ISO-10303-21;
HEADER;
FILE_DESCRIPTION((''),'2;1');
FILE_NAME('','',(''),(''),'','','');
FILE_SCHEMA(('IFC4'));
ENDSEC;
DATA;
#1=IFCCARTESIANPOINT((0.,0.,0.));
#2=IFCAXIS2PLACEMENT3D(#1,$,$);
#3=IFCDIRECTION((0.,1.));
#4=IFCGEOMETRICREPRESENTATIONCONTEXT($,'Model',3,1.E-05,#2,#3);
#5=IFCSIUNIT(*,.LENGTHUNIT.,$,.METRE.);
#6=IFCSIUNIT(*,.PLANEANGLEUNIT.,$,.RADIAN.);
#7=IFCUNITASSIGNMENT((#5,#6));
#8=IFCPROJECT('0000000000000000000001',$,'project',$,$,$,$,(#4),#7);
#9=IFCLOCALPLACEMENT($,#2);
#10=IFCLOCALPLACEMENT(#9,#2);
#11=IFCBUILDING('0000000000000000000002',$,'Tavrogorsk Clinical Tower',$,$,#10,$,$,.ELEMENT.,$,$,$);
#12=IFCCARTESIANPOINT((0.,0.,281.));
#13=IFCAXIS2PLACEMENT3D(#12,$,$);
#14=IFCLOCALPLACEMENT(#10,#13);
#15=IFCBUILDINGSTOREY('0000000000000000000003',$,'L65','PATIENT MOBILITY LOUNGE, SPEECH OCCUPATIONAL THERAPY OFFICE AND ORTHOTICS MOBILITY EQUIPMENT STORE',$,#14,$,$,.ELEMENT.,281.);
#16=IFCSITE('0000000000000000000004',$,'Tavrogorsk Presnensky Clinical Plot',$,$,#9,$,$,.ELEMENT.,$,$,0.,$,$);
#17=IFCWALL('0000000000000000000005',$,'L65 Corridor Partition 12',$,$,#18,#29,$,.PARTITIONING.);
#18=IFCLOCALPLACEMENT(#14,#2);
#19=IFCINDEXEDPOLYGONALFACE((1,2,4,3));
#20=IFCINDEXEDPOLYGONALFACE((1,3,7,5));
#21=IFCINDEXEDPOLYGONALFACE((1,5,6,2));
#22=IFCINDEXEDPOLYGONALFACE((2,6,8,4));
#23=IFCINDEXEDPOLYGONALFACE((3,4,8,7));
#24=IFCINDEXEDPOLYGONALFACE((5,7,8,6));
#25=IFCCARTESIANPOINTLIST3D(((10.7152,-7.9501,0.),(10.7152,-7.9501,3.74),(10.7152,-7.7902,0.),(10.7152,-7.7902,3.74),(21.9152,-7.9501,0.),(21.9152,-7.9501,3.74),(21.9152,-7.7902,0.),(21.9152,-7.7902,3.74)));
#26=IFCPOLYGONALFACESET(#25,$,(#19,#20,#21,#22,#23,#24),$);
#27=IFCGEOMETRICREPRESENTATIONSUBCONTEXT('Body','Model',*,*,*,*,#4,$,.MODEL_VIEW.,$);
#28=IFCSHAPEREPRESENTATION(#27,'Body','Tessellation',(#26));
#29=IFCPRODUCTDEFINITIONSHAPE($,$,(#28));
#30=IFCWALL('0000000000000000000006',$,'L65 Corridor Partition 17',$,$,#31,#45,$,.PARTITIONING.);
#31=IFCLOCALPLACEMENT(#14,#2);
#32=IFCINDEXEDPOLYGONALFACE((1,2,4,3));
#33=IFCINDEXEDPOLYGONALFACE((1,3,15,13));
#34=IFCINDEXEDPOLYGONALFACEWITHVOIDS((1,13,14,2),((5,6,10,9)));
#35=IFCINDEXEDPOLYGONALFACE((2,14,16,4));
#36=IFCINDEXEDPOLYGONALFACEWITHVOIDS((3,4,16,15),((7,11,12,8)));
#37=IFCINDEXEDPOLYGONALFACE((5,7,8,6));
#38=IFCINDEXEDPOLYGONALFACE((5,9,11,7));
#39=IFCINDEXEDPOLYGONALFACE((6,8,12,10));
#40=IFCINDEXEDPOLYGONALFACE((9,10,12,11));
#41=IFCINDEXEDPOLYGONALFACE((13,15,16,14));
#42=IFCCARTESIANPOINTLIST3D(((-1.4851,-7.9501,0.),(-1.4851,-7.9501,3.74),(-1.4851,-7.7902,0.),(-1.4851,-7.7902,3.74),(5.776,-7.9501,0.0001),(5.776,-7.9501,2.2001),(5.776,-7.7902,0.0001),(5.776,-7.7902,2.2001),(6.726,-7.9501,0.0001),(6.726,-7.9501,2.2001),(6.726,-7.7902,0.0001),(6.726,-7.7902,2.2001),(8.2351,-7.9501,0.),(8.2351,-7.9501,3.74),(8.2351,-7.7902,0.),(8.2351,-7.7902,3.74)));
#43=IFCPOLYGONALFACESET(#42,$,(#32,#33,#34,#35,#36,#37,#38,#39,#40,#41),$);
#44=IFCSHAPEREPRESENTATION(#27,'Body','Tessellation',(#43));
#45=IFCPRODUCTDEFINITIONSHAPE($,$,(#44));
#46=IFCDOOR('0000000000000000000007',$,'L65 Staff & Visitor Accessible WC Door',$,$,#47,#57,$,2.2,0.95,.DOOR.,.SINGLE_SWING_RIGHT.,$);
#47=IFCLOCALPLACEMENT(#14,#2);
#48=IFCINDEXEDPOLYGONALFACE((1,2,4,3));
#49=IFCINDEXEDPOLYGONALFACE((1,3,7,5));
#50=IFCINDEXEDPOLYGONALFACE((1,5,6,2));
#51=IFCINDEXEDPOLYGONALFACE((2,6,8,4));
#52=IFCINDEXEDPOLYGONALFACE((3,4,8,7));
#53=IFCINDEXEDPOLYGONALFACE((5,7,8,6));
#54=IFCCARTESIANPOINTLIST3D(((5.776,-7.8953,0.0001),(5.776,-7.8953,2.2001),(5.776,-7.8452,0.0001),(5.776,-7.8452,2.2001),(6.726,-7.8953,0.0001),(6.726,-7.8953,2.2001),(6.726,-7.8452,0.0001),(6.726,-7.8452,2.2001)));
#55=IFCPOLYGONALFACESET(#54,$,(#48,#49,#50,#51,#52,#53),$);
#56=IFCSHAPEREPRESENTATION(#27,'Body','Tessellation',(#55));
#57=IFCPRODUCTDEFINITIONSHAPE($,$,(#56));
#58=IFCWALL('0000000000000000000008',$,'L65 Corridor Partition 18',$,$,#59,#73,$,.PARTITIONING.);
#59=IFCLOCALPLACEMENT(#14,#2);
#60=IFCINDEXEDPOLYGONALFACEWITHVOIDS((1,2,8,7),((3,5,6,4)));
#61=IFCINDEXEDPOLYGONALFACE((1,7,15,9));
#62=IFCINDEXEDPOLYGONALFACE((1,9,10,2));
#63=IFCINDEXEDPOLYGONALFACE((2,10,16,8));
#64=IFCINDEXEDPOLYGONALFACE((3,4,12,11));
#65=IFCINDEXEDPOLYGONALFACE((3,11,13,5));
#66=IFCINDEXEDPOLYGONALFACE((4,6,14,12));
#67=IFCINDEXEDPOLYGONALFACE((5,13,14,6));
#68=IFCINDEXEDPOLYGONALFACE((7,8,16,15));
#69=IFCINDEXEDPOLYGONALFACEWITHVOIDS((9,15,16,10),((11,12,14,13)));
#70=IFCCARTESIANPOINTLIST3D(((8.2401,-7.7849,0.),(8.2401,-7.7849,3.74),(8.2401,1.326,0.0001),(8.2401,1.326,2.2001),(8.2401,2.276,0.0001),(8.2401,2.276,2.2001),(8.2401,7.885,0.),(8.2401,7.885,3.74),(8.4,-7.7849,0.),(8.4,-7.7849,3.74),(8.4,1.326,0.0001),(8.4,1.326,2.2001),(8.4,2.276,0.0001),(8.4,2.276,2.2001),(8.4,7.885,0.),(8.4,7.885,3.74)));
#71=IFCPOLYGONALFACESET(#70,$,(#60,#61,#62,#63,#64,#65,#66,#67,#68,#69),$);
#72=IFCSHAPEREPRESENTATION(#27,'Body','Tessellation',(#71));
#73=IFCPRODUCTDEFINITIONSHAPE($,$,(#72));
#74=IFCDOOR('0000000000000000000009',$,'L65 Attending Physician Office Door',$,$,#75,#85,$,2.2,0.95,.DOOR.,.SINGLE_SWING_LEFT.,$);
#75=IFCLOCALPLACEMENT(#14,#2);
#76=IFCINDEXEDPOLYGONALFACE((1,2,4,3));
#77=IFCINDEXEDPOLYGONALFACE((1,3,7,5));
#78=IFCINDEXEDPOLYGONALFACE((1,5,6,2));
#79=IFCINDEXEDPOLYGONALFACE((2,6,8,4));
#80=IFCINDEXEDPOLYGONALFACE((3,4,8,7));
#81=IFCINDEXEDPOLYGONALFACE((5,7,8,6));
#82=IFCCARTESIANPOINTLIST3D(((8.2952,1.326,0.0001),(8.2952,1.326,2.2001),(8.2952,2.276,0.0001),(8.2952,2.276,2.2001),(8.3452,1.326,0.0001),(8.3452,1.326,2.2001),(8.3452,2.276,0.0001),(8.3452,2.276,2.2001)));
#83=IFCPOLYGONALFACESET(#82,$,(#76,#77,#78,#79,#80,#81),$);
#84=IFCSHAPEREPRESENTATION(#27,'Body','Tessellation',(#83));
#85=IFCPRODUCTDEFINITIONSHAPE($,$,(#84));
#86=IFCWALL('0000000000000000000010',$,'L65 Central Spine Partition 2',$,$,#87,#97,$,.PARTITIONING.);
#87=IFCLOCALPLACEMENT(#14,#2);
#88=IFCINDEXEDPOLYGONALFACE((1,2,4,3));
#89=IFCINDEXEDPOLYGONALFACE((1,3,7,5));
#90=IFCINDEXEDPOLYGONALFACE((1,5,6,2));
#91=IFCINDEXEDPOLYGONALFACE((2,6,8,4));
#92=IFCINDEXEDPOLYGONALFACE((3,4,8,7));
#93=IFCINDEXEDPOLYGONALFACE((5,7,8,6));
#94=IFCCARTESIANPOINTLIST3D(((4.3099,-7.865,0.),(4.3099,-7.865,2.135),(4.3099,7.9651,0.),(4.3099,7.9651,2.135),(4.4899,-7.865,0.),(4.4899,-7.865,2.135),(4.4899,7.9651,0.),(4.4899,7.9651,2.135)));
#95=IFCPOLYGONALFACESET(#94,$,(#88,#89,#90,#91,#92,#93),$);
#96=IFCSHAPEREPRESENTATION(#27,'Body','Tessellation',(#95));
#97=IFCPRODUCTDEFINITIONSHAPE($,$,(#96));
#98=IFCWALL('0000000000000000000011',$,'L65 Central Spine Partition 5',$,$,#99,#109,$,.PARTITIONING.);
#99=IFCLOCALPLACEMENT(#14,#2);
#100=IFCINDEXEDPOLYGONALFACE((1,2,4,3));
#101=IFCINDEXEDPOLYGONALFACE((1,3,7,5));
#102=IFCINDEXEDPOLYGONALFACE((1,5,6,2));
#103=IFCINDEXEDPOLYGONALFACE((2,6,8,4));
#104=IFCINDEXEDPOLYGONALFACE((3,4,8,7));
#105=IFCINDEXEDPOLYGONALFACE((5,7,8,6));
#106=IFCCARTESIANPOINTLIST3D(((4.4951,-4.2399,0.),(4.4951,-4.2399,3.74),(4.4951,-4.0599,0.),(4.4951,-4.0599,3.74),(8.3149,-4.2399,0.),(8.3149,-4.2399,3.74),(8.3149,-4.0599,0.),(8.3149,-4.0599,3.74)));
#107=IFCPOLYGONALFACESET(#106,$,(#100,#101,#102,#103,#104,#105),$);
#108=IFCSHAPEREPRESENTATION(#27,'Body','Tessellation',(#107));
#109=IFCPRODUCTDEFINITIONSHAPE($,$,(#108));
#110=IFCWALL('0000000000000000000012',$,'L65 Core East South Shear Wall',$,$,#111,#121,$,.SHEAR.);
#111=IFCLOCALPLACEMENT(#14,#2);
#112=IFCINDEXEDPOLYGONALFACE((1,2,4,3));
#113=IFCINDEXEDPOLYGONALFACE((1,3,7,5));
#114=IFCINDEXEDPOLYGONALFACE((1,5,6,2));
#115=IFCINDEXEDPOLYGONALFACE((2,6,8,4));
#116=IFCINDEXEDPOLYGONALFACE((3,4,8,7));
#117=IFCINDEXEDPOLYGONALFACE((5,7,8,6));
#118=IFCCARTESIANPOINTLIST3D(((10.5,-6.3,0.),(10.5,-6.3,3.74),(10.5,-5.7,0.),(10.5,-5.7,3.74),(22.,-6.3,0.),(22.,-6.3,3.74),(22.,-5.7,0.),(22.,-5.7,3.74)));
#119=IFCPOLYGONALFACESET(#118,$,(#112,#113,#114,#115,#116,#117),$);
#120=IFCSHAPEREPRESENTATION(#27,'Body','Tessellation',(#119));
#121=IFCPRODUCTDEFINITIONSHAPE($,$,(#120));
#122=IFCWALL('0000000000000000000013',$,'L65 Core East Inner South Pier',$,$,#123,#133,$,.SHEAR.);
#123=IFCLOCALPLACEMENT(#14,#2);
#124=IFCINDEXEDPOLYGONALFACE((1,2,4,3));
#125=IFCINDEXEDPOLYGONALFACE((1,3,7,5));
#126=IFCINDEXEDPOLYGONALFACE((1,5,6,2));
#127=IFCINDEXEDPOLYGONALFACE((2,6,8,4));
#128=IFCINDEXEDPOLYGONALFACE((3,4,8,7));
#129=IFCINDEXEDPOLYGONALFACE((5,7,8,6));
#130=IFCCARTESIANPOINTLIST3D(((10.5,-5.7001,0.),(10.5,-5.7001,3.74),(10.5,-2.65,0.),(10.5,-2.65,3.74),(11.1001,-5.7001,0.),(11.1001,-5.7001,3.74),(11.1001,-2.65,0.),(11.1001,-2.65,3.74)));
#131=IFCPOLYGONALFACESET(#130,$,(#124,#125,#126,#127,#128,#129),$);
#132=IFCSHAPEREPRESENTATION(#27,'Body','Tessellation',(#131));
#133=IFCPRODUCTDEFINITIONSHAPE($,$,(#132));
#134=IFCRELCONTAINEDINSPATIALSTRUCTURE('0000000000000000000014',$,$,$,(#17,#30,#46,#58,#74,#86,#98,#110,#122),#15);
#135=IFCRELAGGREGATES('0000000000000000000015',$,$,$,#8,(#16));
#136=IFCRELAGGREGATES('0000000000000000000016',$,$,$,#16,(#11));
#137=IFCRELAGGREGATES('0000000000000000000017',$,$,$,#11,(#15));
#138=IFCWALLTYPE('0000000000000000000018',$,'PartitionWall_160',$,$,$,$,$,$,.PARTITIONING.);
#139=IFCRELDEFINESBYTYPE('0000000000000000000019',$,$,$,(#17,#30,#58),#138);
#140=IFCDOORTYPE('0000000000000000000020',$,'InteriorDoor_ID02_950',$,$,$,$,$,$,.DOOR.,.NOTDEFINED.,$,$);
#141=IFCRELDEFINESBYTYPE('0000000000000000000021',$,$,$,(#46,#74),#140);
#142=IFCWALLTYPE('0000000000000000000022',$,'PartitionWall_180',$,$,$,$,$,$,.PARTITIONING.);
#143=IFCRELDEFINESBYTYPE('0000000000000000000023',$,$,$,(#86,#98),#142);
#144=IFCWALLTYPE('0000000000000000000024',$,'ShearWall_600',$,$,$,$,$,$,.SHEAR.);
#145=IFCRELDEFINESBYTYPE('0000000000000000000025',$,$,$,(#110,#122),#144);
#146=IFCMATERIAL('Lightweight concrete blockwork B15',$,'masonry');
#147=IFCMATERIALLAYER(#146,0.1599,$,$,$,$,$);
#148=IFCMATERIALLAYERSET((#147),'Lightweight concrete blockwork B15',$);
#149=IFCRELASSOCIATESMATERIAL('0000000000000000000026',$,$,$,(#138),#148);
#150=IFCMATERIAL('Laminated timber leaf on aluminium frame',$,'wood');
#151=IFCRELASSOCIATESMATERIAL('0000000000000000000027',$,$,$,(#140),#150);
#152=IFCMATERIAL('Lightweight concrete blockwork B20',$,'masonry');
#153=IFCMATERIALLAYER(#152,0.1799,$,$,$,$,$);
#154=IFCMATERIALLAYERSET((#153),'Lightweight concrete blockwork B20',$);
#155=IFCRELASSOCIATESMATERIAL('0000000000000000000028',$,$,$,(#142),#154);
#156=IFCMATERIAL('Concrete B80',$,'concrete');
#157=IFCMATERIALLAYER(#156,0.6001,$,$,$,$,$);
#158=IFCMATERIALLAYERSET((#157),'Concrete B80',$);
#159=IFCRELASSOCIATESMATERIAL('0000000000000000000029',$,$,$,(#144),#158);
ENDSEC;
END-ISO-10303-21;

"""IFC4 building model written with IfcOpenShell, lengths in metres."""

from ifc_helpers import new_model, si_unit, direction, frame, frame_2d, origin, place, context, subcontext, project, spatial, rectangle, extrude, material, layer, layer_set, type_object, element, fill, save


model = new_model("IFC4")

# Units and contexts
model_context = context("Model", 3, precision=1e-05, world=origin(), true_north=direction((0.0, 1.0)))
body_context = subcontext(model_context, "Body", "Model", "MODEL_VIEW")
ifc_project = project(units=[si_unit("LENGTHUNIT", "METRE"), si_unit("PLANEANGLEUNIT", "RADIAN")], contexts=[model_context])

# Site, building, storey
site_placement = place(None, origin())
site = spatial("IfcSite", under=ifc_project, at=site_placement, Name="Tavrogorsk Presnensky Clinical Plot", CompositionType="ELEMENT", RefElevation=0.0)
building_placement = place(site_placement, origin())
building = spatial("IfcBuilding", under=site, at=building_placement, Name="Tavrogorsk Clinical Tower", CompositionType="ELEMENT")
storey_placement = place(building_placement, frame((0.0, 0.0, 281.0)))
storey = spatial("IfcBuildingStorey", under=building, at=storey_placement, Name="L65", Description="PATIENT MOBILITY LOUNGE, SPEECH OCCUPATIONAL THERAPY OFFICE AND ORTHOTICS MOBILITY EQUIPMENT STORE", CompositionType="ELEMENT", Elevation=281.0)

# Shared definitions
ifc_material_1 = material(Name="Lightweight concrete blockwork B15", Category="masonry")
ifc_layer_1 = layer(ifc_material_1, 0.1599)
ifc_layer_set_1 = layer_set([ifc_layer_1], Name="Lightweight concrete blockwork B15")
wall_type_1 = type_object("IfcWallType", Name="PartitionWall_160", PredefinedType="PARTITIONING", material=ifc_layer_set_1)

# Shared definitions
ifc_material_2 = material(Name="Laminated timber leaf on aluminium frame", Category="wood")
door_type_1 = type_object("IfcDoorType", Name="InteriorDoor_ID02_950", OperationType="NOTDEFINED", PredefinedType="DOOR", material=ifc_material_2)

# Wall
wall_1_placement = place(storey_placement, frame((10.7151, -7.8701, 0.0), z_axis=(0.0, 0.0, 1.0), x_axis=(1.0, 0.0, 0.0)))
element("IfcWall", 1, at=wall_1_placement, inside=storey, type_object=wall_type_1, Name="L65 Corridor Partition 12", PredefinedType="PARTITIONING", context=body_context, shape_type="SweptSolid", body=[
    extrude(rectangle(XDim=11.2, YDim=0.1599, at=frame_2d((5.6001, 0.0))), origin(), (0.0, 0.0, 1.0), 3.74),
])

# Walls, openings, doors
wall_2_placement = place(storey_placement, frame((-1.4851, -7.8701, 0.0), z_axis=(0.0, 0.0, 1.0), x_axis=(1.0, 0.0, 0.0)))
wall_2 = element("IfcWall", 2, at=wall_2_placement, inside=storey, type_object=wall_type_1, Name="L65 Corridor Partition 17", PredefinedType="PARTITIONING", context=body_context, shape_type="SweptSolid", body=[
    extrude(rectangle(XDim=9.7202, YDim=0.1599, at=frame_2d((4.8601, 0.0))), origin(), (0.0, 0.0, 1.0), 3.74),
])
opening_1_placement = place(wall_2_placement, frame((7.261, 0.0, 0.0)))
opening_1 = element("IfcOpeningElement", 3, at=opening_1_placement, cuts=wall_2, PredefinedType="OPENING", context=body_context, shape_type="SweptSolid", body=[
    extrude(rectangle(XDim=0.95, YDim=2.2, at=frame_2d((0.4751, 1.1001))), frame((0.0, 0.0898, 0.0), z_axis=(0.0, -1.0, 0.0), x_axis=(1.0, 0.0, 0.0)), (0.0, 0.0, 1.0), 0.1799),
])
door_1_placement = place(opening_1_placement, origin())
door_1 = element("IfcDoor", 4, at=door_1_placement, inside=storey, type_object=door_type_1, Name="L65 Staff & Visitor Accessible WC Door", OperationType="SINGLE_SWING_RIGHT", OverallHeight=2.2, OverallWidth=0.95, PredefinedType="DOOR", context=body_context, shape_type="SweptSolid", body=[
    extrude(rectangle(XDim=0.95, YDim=2.2, at=frame_2d((0.4751, 1.1001))), frame((0.0, 0.0249, 0.0), z_axis=(0.0, -1.0, 0.0), x_axis=(1.0, 0.0, 0.0)), (0.0, 0.0, 1.0), 0.05),
])
fill(opening_1, door_1)
wall_3_placement = place(storey_placement, frame((8.3201, -7.7849, 0.0), z_axis=(0.0, 0.0, 1.0), x_axis=(0.0, 1.0, 0.0)))
wall_3 = element("IfcWall", 5, at=wall_3_placement, inside=storey, type_object=wall_type_1, Name="L65 Corridor Partition 18", PredefinedType="PARTITIONING", context=body_context, shape_type="SweptSolid", body=[
    extrude(rectangle(XDim=15.6699, YDim=0.1599, at=frame_2d((7.835, 0.0))), origin(), (0.0, 0.0, 1.0), 3.74),
])
opening_2_placement = place(wall_3_placement, frame((9.1108, 0.0, 0.0)))
opening_2 = element("IfcOpeningElement", 6, at=opening_2_placement, cuts=wall_3, PredefinedType="OPENING", context=body_context, shape_type="SweptSolid", body=[
    extrude(rectangle(XDim=0.95, YDim=2.2, at=frame_2d((0.4751, 1.1001))), frame((0.0, 0.0898, 0.0), z_axis=(0.0, -1.0, 0.0), x_axis=(1.0, 0.0, 0.0)), (0.0, 0.0, 1.0), 0.1799),
])
door_2_placement = place(opening_2_placement, origin())
door_2 = element("IfcDoor", 7, at=door_2_placement, inside=storey, type_object=door_type_1, Name="L65 Attending Physician Office Door", OperationType="SINGLE_SWING_LEFT", OverallHeight=2.2, OverallWidth=0.95, PredefinedType="DOOR", context=body_context, shape_type="SweptSolid", body=[
    extrude(rectangle(XDim=0.95, YDim=2.2, at=frame_2d((0.4751, 1.1001))), frame((0.0, 0.0249, 0.0), z_axis=(0.0, -1.0, 0.0), x_axis=(1.0, 0.0, 0.0)), (0.0, 0.0, 1.0), 0.05),
])
fill(opening_2, door_2)

# Walls
ifc_material_3 = material(Name="Lightweight concrete blockwork B20", Category="masonry")
ifc_layer_2 = layer(ifc_material_3, 0.1799)
ifc_layer_set_2 = layer_set([ifc_layer_2], Name="Lightweight concrete blockwork B20")
wall_type_2 = type_object("IfcWallType", Name="PartitionWall_180", PredefinedType="PARTITIONING", material=ifc_layer_set_2)
wall_4_placement = place(storey_placement, frame((4.3999, -7.865, 0.0), z_axis=(0.0, 0.0, 1.0), x_axis=(0.0, 1.0, 0.0)))
element("IfcWall", 8, at=wall_4_placement, inside=storey, type_object=wall_type_2, Name="L65 Central Spine Partition 2", PredefinedType="PARTITIONING", context=body_context, shape_type="SweptSolid", body=[
    extrude(rectangle(XDim=15.8301, YDim=0.1799, at=frame_2d((7.915, 0.0))), origin(), (0.0, 0.0, 1.0), 2.135),
])
wall_5_placement = place(storey_placement, frame((4.4951, -4.1499, 0.0), z_axis=(0.0, 0.0, 1.0), x_axis=(1.0, 0.0, 0.0)))
element("IfcWall", 9, at=wall_5_placement, inside=storey, type_object=wall_type_2, Name="L65 Central Spine Partition 5", PredefinedType="PARTITIONING", context=body_context, shape_type="SweptSolid", body=[
    extrude(rectangle(XDim=3.8198, YDim=0.1799, at=frame_2d((1.9099, 0.0))), origin(), (0.0, 0.0, 1.0), 3.74),
])
ifc_material_4 = material(Name="Concrete B80", Category="concrete")
ifc_layer_3 = layer(ifc_material_4, 0.6001)
ifc_layer_set_3 = layer_set([ifc_layer_3], Name="Concrete B80")
wall_type_3 = type_object("IfcWallType", Name="ShearWall_600", PredefinedType="SHEAR", material=ifc_layer_set_3)
wall_6_placement = place(storey_placement, frame((10.5, -6.0, 0.0), z_axis=(0.0, 0.0, 1.0), x_axis=(1.0, 0.0, 0.0)))
element("IfcWall", 10, at=wall_6_placement, inside=storey, type_object=wall_type_3, Name="L65 Core East South Shear Wall", PredefinedType="SHEAR", context=body_context, shape_type="SweptSolid", body=[
    extrude(rectangle(XDim=11.5, YDim=0.6001, at=frame_2d((5.75, 0.0))), origin(), (0.0, 0.0, 1.0), 3.74),
])
wall_7_placement = place(storey_placement, frame((10.8, -5.7, 0.0), z_axis=(0.0, 0.0, 1.0), x_axis=(0.0, 1.0, 0.0)))
element("IfcWall", 11, at=wall_7_placement, inside=storey, type_object=wall_type_3, Name="L65 Core East Inner South Pier", PredefinedType="SHEAR", context=body_context, shape_type="SweptSolid", body=[
    extrude(rectangle(XDim=3.05, YDim=0.6001, at=frame_2d((1.5249, 0.0))), origin(), (0.0, 0.0, 1.0), 3.74),
])

save(model, "model.ifc")
